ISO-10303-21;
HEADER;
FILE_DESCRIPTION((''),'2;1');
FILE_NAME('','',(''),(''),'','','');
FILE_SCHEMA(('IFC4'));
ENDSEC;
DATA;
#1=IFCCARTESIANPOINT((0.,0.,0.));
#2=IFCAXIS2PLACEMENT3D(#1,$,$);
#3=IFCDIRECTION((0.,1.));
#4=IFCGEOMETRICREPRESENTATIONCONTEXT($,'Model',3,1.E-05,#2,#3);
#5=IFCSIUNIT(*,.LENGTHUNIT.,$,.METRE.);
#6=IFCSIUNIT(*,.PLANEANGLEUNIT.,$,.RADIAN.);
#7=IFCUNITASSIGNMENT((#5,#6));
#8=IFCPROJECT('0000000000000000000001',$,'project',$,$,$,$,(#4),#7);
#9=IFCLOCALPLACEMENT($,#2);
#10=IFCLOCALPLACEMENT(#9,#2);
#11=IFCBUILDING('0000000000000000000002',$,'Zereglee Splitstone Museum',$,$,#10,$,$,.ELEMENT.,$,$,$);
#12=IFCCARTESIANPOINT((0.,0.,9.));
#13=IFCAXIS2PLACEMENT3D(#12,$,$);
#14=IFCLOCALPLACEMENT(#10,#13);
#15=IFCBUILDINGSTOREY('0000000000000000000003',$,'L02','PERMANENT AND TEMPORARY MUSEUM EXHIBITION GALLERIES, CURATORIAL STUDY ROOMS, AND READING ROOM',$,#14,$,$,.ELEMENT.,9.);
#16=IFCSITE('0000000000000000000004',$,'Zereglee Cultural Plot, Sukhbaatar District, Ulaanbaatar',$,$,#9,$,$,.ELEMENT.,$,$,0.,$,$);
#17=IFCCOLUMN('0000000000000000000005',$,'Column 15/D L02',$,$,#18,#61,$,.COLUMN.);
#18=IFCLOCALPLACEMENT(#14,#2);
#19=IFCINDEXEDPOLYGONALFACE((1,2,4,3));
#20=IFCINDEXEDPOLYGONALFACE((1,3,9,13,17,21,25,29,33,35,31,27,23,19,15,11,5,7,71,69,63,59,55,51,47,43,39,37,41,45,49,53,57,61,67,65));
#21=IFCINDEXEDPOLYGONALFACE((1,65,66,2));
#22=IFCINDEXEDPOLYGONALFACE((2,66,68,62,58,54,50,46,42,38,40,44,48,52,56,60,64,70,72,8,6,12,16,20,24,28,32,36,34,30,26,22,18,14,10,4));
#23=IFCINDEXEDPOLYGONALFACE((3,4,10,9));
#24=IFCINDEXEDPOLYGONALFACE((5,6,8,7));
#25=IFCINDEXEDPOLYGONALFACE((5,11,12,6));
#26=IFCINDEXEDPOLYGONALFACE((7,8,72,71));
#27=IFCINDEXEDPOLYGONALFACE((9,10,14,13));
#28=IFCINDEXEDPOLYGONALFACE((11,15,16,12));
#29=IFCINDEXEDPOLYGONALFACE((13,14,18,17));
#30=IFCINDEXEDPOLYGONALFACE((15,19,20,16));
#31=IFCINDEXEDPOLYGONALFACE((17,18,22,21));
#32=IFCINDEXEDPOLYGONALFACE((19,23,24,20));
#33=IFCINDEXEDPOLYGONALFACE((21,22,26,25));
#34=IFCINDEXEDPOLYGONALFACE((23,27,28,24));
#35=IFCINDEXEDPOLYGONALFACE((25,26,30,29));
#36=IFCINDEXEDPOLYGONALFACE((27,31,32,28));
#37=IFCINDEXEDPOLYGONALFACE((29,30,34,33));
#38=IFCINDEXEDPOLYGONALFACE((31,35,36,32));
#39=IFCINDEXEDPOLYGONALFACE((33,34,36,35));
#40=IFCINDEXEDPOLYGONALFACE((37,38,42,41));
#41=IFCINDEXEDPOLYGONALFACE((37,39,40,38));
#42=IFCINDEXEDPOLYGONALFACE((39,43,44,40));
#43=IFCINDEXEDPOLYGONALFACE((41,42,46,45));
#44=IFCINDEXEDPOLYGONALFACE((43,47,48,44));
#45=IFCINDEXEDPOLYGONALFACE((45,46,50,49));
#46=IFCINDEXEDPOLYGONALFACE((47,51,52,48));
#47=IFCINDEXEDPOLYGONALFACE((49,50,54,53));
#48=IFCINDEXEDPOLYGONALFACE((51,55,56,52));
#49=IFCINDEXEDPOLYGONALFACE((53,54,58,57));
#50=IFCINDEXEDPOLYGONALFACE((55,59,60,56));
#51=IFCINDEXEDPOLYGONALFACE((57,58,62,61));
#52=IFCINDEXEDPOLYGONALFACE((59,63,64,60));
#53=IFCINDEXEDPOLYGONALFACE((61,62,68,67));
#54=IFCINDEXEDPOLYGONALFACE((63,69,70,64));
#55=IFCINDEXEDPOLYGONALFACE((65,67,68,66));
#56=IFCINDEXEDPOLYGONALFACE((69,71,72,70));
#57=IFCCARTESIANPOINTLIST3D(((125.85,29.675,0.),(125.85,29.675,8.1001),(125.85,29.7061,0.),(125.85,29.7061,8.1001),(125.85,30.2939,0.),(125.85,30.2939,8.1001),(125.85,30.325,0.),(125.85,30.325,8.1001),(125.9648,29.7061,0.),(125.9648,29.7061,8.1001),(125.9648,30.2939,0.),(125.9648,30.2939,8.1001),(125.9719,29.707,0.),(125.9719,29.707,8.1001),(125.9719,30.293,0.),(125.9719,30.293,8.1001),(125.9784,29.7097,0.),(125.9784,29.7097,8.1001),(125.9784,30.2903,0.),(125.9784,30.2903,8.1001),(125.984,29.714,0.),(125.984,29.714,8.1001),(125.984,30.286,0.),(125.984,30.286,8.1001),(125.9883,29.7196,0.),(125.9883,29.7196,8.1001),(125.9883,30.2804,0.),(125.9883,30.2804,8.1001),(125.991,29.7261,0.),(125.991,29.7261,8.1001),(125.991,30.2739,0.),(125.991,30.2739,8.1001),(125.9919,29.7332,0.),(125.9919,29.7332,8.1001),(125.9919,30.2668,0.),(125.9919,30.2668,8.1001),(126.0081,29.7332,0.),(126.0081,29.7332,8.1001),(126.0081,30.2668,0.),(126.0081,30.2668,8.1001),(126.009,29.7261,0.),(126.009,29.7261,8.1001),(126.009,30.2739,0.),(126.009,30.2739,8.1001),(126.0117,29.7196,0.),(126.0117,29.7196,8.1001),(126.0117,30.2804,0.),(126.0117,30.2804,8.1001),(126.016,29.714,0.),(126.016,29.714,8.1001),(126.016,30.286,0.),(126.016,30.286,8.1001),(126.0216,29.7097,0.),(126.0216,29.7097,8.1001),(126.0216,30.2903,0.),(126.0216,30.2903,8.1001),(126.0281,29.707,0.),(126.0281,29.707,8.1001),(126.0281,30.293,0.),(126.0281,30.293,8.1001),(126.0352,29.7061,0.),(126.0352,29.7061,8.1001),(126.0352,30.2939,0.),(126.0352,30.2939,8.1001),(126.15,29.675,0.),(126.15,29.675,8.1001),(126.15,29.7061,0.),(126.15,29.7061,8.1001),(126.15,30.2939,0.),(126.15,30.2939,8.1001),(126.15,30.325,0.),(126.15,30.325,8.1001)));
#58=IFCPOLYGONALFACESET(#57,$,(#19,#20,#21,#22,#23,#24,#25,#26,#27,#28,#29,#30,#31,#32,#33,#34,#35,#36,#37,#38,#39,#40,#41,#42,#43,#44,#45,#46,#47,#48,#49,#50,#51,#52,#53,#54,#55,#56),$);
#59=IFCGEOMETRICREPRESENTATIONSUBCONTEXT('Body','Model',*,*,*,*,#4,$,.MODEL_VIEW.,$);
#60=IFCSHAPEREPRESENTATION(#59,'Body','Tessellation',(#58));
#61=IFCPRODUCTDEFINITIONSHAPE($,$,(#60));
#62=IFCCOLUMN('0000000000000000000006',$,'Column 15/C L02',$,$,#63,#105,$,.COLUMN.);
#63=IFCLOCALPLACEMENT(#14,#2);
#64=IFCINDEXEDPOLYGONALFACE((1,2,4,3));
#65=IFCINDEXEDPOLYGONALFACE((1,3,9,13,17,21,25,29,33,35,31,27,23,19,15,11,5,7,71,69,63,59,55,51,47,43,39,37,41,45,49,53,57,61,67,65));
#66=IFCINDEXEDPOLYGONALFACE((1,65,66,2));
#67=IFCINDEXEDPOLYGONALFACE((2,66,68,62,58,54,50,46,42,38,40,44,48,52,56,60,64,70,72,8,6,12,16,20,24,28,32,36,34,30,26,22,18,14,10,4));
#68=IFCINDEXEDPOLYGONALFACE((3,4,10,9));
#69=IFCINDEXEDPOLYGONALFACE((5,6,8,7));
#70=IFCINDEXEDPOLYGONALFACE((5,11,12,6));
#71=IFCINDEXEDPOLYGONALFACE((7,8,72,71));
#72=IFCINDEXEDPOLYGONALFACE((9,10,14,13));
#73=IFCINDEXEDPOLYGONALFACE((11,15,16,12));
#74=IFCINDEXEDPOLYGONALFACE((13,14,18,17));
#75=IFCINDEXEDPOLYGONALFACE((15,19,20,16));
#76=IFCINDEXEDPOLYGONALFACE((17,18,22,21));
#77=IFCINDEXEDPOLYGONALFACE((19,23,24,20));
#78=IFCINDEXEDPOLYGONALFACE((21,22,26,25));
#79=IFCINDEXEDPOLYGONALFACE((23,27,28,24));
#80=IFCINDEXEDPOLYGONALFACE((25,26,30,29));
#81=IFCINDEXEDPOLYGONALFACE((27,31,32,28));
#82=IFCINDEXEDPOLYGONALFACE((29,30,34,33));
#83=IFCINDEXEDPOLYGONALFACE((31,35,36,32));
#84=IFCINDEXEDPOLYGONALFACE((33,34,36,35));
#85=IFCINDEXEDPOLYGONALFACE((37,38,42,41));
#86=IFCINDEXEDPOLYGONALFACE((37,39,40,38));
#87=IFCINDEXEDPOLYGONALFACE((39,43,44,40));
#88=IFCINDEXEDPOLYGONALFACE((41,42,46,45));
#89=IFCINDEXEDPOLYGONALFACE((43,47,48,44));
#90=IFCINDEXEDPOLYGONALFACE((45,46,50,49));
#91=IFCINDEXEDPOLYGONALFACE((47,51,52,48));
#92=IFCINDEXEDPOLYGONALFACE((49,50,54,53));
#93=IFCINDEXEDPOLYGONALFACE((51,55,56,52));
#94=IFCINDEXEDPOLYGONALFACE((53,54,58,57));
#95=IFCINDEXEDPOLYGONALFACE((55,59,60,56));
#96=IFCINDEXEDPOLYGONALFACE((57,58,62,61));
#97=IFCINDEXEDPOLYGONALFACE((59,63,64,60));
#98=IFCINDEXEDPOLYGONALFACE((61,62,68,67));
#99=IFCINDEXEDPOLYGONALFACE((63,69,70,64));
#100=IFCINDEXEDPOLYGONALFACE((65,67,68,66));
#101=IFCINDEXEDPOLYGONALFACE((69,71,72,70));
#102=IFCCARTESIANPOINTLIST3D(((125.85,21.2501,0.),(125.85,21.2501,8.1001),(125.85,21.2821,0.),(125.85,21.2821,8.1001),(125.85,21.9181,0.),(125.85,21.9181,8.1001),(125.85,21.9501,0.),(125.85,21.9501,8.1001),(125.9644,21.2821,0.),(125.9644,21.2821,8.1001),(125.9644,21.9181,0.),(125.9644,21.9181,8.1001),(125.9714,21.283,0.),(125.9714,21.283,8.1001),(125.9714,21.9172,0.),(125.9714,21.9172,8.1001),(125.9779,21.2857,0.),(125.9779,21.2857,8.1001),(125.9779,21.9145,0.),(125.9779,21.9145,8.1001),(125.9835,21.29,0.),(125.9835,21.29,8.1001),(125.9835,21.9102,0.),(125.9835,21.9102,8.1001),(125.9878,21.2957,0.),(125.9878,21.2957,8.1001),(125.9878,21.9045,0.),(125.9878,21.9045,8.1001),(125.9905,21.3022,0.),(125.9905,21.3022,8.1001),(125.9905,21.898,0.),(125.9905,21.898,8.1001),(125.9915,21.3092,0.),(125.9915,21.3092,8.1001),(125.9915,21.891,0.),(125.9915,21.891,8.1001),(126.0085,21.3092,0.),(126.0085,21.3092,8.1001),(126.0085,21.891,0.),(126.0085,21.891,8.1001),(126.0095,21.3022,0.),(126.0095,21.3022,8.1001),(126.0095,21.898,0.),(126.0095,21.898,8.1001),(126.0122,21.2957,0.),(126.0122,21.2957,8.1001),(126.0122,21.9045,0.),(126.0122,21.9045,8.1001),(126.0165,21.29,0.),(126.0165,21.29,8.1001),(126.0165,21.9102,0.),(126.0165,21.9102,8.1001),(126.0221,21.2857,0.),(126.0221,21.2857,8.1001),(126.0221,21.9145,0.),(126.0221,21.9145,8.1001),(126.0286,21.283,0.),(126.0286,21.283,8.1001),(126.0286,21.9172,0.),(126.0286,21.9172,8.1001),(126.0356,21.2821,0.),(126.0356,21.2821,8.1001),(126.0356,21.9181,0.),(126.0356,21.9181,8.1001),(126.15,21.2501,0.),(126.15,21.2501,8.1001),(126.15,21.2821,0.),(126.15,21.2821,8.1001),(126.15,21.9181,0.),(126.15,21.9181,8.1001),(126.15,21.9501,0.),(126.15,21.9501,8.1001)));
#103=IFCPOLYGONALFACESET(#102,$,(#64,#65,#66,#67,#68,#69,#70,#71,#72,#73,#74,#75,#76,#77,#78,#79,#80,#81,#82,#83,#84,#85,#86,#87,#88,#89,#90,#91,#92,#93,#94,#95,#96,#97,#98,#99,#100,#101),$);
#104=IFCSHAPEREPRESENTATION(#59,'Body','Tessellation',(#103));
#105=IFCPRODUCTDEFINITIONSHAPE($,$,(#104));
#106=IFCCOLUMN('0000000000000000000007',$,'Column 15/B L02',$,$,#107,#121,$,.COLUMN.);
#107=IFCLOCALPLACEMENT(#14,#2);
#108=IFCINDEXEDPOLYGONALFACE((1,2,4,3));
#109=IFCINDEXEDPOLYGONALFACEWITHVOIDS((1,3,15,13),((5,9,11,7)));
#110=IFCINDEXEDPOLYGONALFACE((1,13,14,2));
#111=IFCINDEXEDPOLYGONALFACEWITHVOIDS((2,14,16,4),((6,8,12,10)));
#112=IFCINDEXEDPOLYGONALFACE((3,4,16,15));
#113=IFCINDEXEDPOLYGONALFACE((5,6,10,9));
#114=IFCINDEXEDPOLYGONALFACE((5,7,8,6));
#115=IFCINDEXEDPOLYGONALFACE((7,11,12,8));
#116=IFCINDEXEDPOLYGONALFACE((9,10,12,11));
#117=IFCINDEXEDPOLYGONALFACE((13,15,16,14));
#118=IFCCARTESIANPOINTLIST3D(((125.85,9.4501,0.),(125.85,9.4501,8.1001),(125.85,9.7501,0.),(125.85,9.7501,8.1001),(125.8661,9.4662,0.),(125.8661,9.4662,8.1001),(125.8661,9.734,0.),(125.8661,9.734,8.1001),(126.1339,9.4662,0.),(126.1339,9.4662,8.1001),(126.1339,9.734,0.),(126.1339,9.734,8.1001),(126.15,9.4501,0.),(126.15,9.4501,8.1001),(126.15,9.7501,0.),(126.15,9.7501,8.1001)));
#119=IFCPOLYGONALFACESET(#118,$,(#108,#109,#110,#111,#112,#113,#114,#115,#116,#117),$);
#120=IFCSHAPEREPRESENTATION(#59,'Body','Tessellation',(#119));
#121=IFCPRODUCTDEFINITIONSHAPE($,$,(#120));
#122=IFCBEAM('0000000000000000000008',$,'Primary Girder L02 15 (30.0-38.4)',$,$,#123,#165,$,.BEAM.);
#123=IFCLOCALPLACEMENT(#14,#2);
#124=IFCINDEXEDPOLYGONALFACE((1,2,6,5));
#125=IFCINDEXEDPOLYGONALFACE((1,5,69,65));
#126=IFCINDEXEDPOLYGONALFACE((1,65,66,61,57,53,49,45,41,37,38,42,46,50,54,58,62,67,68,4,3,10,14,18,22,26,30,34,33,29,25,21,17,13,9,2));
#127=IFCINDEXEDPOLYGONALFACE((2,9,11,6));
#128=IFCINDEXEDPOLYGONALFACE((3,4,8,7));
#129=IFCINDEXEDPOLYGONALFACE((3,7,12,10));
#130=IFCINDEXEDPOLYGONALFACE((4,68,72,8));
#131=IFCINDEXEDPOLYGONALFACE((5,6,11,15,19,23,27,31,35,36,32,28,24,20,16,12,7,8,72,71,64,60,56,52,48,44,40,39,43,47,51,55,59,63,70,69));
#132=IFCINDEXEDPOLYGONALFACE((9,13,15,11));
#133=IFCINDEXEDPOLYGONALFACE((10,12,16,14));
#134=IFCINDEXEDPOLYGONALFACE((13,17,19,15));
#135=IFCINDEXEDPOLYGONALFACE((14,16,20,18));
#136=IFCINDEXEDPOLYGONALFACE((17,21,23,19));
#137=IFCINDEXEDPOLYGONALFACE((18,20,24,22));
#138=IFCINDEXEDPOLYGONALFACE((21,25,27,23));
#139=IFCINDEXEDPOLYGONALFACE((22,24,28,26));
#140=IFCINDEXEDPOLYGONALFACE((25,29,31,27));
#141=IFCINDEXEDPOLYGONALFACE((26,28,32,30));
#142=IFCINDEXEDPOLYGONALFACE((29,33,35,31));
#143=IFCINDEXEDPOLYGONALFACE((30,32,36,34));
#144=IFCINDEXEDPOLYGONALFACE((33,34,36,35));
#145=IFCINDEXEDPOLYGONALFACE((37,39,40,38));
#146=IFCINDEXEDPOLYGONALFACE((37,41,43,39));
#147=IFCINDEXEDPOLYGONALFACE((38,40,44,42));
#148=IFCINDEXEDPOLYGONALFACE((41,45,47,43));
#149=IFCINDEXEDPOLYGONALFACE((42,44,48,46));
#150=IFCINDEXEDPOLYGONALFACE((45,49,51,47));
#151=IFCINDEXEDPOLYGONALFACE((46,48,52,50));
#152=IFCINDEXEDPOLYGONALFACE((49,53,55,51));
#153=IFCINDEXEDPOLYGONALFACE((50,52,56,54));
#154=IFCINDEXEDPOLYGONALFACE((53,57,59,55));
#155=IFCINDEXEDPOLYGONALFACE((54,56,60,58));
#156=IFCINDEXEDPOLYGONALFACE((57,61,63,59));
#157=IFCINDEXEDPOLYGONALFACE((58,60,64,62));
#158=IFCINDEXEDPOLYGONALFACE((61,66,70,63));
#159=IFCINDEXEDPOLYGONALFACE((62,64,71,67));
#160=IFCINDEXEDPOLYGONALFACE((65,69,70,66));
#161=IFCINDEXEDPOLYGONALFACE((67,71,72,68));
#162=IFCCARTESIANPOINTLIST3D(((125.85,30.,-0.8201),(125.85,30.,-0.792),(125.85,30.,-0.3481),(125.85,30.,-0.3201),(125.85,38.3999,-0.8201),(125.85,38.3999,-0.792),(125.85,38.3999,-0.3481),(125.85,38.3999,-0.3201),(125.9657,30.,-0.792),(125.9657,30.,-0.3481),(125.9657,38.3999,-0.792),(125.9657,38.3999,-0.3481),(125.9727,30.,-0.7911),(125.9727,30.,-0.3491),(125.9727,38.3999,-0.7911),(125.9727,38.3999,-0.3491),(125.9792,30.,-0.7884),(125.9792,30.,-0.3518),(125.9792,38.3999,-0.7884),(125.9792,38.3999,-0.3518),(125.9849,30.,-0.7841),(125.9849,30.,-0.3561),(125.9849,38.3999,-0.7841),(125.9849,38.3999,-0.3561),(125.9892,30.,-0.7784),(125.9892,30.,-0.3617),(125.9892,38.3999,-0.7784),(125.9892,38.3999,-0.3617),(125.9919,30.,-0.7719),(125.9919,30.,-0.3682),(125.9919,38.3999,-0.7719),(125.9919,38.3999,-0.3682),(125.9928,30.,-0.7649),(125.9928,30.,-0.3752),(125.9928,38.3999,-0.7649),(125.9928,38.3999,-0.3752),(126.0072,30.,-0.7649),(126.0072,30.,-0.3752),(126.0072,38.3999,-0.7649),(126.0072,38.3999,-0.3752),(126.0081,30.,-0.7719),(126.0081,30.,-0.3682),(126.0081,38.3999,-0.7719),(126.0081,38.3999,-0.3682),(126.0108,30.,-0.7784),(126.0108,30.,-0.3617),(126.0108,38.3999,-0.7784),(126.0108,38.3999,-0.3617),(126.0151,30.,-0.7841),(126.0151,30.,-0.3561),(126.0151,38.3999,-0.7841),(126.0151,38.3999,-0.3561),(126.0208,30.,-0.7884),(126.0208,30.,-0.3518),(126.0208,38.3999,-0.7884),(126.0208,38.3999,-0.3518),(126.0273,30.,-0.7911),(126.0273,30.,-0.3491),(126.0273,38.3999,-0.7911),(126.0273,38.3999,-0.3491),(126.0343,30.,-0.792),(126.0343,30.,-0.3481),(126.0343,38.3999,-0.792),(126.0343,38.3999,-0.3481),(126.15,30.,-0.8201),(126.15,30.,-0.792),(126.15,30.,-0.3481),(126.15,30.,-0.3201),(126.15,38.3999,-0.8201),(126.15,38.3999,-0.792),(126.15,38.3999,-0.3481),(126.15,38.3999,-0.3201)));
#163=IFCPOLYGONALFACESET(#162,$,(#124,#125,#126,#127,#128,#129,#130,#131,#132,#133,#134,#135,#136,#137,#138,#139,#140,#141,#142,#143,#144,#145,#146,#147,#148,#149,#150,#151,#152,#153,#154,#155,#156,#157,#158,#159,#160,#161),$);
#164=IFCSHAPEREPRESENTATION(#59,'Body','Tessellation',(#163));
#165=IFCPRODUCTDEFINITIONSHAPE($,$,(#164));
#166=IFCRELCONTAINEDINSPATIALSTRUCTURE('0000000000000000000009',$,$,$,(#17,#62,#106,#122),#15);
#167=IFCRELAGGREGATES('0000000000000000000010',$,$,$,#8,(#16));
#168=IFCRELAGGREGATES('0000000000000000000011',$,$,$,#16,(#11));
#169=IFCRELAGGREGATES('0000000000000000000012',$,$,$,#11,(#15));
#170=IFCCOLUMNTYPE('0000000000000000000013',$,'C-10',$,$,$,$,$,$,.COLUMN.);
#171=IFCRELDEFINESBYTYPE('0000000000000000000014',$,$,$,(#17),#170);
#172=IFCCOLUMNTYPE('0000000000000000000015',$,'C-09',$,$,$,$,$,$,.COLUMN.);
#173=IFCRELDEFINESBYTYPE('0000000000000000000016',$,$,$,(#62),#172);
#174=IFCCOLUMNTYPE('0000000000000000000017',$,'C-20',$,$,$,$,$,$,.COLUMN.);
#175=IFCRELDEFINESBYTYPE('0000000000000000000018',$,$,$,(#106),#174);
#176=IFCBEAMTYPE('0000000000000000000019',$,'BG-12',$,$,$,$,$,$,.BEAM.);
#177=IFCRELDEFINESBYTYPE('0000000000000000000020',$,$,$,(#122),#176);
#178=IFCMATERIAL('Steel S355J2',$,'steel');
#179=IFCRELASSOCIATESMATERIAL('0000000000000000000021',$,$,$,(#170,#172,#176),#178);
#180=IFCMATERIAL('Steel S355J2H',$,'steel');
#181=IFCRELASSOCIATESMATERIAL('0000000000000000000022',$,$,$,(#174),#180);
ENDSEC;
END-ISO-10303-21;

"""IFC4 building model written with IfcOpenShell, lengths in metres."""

from ifc_helpers import new_model, si_unit, direction, frame, origin, origin_2d, place, context, subcontext, project, spatial, hollow_rectangle, i_section, extrude, material, material_profile, profile_set, type_object, element, save


model = new_model("IFC4")

# Units and contexts
model_context = context("Model", 3, precision=1e-05, world=origin(), true_north=direction((0.0, 1.0)))
body_context = subcontext(model_context, "Body", "Model", "MODEL_VIEW")
ifc_project = project(units=[si_unit("LENGTHUNIT", "METRE"), si_unit("PLANEANGLEUNIT", "RADIAN")], contexts=[model_context])

# Site, building, storey
site_placement = place(None, origin())
site = spatial("IfcSite", under=ifc_project, at=site_placement, Name="Zereglee Cultural Plot, Sukhbaatar District, Ulaanbaatar", CompositionType="ELEMENT", RefElevation=0.0)
building_placement = place(site_placement, origin())
building = spatial("IfcBuilding", under=site, at=building_placement, Name="Zereglee Splitstone Museum", CompositionType="ELEMENT")
storey_placement = place(building_placement, frame((0.0, 0.0, 9.0)))
storey = spatial("IfcBuildingStorey", under=building, at=storey_placement, Name="L02", Description="PERMANENT AND TEMPORARY MUSEUM EXHIBITION GALLERIES, CURATORIAL STUDY ROOMS, AND READING ROOM", CompositionType="ELEMENT", Elevation=9.0)

# Columns
ifc_material_1 = material(Name="Steel S355J2H", Category="steel")
ifc_material_2 = material(Name="Steel S355J2", Category="steel")
ifc_material_profile_1 = material_profile(ifc_material_2, i_section(OverallWidth=0.3, OverallDepth=0.6499, WebThickness=0.0161, FlangeThickness=0.031, FilletRadius=0.0271, at=origin_2d()), Name="HE 650 B")
ifc_profile_set_1 = profile_set([ifc_material_profile_1], Name="Steel S355J2")
column_type_1 = type_object("IfcColumnType", Name="C-10", PredefinedType="COLUMN", material=ifc_profile_set_1)
column_1_placement = place(storey_placement, frame((126.0, 30.0, 0.0), z_axis=(0.0, 0.0, 1.0), x_axis=(1.0, 0.0, 0.0)))
element("IfcColumn", 1, at=column_1_placement, inside=storey, type_object=column_type_1, Name="Column 15/D L02", PredefinedType="COLUMN", context=body_context, shape_type="SweptSolid", body=[
    extrude(i_section(OverallWidth=0.3, OverallDepth=0.6499, WebThickness=0.0161, FlangeThickness=0.031, FilletRadius=0.0271, at=origin_2d()), origin(), (0.0, 0.0, 1.0), 8.1001),
])
ifc_material_profile_2 = material_profile(ifc_material_2, i_section(OverallWidth=0.3, OverallDepth=0.7, WebThickness=0.0171, FlangeThickness=0.032, FilletRadius=0.0271, at=origin_2d()), Name="HE 700 B")
ifc_profile_set_2 = profile_set([ifc_material_profile_2], Name="Steel S355J2")
column_type_2 = type_object("IfcColumnType", Name="C-09", PredefinedType="COLUMN", material=ifc_profile_set_2)
column_2_placement = place(storey_placement, frame((126.0, 21.6001, 0.0), z_axis=(0.0, 0.0, 1.0), x_axis=(1.0, 0.0, 0.0)))
element("IfcColumn", 2, at=column_2_placement, inside=storey, type_object=column_type_2, Name="Column 15/C L02", PredefinedType="COLUMN", context=body_context, shape_type="SweptSolid", body=[
    extrude(i_section(OverallWidth=0.3, OverallDepth=0.7, WebThickness=0.0171, FlangeThickness=0.032, FilletRadius=0.0271, at=origin_2d()), origin(), (0.0, 0.0, 1.0), 8.1001),
])
ifc_material_profile_3 = material_profile(ifc_material_1, hollow_rectangle(XDim=0.3, YDim=0.3, WallThickness=0.0161, at=origin_2d()), Name="SHS 300x300x16")
ifc_profile_set_3 = profile_set([ifc_material_profile_3], Name="Steel S355J2H")
column_type_3 = type_object("IfcColumnType", Name="C-20", PredefinedType="COLUMN", material=ifc_profile_set_3)
column_3_placement = place(storey_placement, frame((126.0, 9.6001, 0.0), z_axis=(0.0, 0.0, 1.0), x_axis=(1.0, 0.0, 0.0)))
element("IfcColumn", 3, at=column_3_placement, inside=storey, type_object=column_type_3, Name="Column 15/B L02", PredefinedType="COLUMN", context=body_context, shape_type="SweptSolid", body=[
    extrude(hollow_rectangle(XDim=0.3, YDim=0.3, WallThickness=0.0161, at=origin_2d()), origin(), (0.0, 0.0, 1.0), 8.1001),
])

# Beam
ifc_material_profile_4 = material_profile(ifc_material_2, i_section(OverallWidth=0.3, OverallDepth=0.5, WebThickness=0.0144, FlangeThickness=0.0281, FilletRadius=0.0271, at=origin_2d()), Name="HE 500 B")
ifc_profile_set_4 = profile_set([ifc_material_profile_4], Name="Steel S355J2")
beam_type_1 = type_object("IfcBeamType", Name="BG-12", PredefinedType="BEAM", material=ifc_profile_set_4)
beam_1_placement = place(storey_placement, frame((126.0, 30.0, -0.5701), z_axis=(0.0, 1.0, 0.0), x_axis=(-1.0, 0.0, 0.0)))
element("IfcBeam", 4, at=beam_1_placement, inside=storey, type_object=beam_type_1, Name="Primary Girder L02 15 (30.0-38.4)", PredefinedType="BEAM", context=body_context, shape_type="SweptSolid", body=[
    extrude(i_section(OverallWidth=0.3, OverallDepth=0.5, WebThickness=0.0144, FlangeThickness=0.0281, FilletRadius=0.0271, at=origin_2d()), origin(), (0.0, 0.0, 1.0), 8.3999),
])

save(model, "model.ifc")
